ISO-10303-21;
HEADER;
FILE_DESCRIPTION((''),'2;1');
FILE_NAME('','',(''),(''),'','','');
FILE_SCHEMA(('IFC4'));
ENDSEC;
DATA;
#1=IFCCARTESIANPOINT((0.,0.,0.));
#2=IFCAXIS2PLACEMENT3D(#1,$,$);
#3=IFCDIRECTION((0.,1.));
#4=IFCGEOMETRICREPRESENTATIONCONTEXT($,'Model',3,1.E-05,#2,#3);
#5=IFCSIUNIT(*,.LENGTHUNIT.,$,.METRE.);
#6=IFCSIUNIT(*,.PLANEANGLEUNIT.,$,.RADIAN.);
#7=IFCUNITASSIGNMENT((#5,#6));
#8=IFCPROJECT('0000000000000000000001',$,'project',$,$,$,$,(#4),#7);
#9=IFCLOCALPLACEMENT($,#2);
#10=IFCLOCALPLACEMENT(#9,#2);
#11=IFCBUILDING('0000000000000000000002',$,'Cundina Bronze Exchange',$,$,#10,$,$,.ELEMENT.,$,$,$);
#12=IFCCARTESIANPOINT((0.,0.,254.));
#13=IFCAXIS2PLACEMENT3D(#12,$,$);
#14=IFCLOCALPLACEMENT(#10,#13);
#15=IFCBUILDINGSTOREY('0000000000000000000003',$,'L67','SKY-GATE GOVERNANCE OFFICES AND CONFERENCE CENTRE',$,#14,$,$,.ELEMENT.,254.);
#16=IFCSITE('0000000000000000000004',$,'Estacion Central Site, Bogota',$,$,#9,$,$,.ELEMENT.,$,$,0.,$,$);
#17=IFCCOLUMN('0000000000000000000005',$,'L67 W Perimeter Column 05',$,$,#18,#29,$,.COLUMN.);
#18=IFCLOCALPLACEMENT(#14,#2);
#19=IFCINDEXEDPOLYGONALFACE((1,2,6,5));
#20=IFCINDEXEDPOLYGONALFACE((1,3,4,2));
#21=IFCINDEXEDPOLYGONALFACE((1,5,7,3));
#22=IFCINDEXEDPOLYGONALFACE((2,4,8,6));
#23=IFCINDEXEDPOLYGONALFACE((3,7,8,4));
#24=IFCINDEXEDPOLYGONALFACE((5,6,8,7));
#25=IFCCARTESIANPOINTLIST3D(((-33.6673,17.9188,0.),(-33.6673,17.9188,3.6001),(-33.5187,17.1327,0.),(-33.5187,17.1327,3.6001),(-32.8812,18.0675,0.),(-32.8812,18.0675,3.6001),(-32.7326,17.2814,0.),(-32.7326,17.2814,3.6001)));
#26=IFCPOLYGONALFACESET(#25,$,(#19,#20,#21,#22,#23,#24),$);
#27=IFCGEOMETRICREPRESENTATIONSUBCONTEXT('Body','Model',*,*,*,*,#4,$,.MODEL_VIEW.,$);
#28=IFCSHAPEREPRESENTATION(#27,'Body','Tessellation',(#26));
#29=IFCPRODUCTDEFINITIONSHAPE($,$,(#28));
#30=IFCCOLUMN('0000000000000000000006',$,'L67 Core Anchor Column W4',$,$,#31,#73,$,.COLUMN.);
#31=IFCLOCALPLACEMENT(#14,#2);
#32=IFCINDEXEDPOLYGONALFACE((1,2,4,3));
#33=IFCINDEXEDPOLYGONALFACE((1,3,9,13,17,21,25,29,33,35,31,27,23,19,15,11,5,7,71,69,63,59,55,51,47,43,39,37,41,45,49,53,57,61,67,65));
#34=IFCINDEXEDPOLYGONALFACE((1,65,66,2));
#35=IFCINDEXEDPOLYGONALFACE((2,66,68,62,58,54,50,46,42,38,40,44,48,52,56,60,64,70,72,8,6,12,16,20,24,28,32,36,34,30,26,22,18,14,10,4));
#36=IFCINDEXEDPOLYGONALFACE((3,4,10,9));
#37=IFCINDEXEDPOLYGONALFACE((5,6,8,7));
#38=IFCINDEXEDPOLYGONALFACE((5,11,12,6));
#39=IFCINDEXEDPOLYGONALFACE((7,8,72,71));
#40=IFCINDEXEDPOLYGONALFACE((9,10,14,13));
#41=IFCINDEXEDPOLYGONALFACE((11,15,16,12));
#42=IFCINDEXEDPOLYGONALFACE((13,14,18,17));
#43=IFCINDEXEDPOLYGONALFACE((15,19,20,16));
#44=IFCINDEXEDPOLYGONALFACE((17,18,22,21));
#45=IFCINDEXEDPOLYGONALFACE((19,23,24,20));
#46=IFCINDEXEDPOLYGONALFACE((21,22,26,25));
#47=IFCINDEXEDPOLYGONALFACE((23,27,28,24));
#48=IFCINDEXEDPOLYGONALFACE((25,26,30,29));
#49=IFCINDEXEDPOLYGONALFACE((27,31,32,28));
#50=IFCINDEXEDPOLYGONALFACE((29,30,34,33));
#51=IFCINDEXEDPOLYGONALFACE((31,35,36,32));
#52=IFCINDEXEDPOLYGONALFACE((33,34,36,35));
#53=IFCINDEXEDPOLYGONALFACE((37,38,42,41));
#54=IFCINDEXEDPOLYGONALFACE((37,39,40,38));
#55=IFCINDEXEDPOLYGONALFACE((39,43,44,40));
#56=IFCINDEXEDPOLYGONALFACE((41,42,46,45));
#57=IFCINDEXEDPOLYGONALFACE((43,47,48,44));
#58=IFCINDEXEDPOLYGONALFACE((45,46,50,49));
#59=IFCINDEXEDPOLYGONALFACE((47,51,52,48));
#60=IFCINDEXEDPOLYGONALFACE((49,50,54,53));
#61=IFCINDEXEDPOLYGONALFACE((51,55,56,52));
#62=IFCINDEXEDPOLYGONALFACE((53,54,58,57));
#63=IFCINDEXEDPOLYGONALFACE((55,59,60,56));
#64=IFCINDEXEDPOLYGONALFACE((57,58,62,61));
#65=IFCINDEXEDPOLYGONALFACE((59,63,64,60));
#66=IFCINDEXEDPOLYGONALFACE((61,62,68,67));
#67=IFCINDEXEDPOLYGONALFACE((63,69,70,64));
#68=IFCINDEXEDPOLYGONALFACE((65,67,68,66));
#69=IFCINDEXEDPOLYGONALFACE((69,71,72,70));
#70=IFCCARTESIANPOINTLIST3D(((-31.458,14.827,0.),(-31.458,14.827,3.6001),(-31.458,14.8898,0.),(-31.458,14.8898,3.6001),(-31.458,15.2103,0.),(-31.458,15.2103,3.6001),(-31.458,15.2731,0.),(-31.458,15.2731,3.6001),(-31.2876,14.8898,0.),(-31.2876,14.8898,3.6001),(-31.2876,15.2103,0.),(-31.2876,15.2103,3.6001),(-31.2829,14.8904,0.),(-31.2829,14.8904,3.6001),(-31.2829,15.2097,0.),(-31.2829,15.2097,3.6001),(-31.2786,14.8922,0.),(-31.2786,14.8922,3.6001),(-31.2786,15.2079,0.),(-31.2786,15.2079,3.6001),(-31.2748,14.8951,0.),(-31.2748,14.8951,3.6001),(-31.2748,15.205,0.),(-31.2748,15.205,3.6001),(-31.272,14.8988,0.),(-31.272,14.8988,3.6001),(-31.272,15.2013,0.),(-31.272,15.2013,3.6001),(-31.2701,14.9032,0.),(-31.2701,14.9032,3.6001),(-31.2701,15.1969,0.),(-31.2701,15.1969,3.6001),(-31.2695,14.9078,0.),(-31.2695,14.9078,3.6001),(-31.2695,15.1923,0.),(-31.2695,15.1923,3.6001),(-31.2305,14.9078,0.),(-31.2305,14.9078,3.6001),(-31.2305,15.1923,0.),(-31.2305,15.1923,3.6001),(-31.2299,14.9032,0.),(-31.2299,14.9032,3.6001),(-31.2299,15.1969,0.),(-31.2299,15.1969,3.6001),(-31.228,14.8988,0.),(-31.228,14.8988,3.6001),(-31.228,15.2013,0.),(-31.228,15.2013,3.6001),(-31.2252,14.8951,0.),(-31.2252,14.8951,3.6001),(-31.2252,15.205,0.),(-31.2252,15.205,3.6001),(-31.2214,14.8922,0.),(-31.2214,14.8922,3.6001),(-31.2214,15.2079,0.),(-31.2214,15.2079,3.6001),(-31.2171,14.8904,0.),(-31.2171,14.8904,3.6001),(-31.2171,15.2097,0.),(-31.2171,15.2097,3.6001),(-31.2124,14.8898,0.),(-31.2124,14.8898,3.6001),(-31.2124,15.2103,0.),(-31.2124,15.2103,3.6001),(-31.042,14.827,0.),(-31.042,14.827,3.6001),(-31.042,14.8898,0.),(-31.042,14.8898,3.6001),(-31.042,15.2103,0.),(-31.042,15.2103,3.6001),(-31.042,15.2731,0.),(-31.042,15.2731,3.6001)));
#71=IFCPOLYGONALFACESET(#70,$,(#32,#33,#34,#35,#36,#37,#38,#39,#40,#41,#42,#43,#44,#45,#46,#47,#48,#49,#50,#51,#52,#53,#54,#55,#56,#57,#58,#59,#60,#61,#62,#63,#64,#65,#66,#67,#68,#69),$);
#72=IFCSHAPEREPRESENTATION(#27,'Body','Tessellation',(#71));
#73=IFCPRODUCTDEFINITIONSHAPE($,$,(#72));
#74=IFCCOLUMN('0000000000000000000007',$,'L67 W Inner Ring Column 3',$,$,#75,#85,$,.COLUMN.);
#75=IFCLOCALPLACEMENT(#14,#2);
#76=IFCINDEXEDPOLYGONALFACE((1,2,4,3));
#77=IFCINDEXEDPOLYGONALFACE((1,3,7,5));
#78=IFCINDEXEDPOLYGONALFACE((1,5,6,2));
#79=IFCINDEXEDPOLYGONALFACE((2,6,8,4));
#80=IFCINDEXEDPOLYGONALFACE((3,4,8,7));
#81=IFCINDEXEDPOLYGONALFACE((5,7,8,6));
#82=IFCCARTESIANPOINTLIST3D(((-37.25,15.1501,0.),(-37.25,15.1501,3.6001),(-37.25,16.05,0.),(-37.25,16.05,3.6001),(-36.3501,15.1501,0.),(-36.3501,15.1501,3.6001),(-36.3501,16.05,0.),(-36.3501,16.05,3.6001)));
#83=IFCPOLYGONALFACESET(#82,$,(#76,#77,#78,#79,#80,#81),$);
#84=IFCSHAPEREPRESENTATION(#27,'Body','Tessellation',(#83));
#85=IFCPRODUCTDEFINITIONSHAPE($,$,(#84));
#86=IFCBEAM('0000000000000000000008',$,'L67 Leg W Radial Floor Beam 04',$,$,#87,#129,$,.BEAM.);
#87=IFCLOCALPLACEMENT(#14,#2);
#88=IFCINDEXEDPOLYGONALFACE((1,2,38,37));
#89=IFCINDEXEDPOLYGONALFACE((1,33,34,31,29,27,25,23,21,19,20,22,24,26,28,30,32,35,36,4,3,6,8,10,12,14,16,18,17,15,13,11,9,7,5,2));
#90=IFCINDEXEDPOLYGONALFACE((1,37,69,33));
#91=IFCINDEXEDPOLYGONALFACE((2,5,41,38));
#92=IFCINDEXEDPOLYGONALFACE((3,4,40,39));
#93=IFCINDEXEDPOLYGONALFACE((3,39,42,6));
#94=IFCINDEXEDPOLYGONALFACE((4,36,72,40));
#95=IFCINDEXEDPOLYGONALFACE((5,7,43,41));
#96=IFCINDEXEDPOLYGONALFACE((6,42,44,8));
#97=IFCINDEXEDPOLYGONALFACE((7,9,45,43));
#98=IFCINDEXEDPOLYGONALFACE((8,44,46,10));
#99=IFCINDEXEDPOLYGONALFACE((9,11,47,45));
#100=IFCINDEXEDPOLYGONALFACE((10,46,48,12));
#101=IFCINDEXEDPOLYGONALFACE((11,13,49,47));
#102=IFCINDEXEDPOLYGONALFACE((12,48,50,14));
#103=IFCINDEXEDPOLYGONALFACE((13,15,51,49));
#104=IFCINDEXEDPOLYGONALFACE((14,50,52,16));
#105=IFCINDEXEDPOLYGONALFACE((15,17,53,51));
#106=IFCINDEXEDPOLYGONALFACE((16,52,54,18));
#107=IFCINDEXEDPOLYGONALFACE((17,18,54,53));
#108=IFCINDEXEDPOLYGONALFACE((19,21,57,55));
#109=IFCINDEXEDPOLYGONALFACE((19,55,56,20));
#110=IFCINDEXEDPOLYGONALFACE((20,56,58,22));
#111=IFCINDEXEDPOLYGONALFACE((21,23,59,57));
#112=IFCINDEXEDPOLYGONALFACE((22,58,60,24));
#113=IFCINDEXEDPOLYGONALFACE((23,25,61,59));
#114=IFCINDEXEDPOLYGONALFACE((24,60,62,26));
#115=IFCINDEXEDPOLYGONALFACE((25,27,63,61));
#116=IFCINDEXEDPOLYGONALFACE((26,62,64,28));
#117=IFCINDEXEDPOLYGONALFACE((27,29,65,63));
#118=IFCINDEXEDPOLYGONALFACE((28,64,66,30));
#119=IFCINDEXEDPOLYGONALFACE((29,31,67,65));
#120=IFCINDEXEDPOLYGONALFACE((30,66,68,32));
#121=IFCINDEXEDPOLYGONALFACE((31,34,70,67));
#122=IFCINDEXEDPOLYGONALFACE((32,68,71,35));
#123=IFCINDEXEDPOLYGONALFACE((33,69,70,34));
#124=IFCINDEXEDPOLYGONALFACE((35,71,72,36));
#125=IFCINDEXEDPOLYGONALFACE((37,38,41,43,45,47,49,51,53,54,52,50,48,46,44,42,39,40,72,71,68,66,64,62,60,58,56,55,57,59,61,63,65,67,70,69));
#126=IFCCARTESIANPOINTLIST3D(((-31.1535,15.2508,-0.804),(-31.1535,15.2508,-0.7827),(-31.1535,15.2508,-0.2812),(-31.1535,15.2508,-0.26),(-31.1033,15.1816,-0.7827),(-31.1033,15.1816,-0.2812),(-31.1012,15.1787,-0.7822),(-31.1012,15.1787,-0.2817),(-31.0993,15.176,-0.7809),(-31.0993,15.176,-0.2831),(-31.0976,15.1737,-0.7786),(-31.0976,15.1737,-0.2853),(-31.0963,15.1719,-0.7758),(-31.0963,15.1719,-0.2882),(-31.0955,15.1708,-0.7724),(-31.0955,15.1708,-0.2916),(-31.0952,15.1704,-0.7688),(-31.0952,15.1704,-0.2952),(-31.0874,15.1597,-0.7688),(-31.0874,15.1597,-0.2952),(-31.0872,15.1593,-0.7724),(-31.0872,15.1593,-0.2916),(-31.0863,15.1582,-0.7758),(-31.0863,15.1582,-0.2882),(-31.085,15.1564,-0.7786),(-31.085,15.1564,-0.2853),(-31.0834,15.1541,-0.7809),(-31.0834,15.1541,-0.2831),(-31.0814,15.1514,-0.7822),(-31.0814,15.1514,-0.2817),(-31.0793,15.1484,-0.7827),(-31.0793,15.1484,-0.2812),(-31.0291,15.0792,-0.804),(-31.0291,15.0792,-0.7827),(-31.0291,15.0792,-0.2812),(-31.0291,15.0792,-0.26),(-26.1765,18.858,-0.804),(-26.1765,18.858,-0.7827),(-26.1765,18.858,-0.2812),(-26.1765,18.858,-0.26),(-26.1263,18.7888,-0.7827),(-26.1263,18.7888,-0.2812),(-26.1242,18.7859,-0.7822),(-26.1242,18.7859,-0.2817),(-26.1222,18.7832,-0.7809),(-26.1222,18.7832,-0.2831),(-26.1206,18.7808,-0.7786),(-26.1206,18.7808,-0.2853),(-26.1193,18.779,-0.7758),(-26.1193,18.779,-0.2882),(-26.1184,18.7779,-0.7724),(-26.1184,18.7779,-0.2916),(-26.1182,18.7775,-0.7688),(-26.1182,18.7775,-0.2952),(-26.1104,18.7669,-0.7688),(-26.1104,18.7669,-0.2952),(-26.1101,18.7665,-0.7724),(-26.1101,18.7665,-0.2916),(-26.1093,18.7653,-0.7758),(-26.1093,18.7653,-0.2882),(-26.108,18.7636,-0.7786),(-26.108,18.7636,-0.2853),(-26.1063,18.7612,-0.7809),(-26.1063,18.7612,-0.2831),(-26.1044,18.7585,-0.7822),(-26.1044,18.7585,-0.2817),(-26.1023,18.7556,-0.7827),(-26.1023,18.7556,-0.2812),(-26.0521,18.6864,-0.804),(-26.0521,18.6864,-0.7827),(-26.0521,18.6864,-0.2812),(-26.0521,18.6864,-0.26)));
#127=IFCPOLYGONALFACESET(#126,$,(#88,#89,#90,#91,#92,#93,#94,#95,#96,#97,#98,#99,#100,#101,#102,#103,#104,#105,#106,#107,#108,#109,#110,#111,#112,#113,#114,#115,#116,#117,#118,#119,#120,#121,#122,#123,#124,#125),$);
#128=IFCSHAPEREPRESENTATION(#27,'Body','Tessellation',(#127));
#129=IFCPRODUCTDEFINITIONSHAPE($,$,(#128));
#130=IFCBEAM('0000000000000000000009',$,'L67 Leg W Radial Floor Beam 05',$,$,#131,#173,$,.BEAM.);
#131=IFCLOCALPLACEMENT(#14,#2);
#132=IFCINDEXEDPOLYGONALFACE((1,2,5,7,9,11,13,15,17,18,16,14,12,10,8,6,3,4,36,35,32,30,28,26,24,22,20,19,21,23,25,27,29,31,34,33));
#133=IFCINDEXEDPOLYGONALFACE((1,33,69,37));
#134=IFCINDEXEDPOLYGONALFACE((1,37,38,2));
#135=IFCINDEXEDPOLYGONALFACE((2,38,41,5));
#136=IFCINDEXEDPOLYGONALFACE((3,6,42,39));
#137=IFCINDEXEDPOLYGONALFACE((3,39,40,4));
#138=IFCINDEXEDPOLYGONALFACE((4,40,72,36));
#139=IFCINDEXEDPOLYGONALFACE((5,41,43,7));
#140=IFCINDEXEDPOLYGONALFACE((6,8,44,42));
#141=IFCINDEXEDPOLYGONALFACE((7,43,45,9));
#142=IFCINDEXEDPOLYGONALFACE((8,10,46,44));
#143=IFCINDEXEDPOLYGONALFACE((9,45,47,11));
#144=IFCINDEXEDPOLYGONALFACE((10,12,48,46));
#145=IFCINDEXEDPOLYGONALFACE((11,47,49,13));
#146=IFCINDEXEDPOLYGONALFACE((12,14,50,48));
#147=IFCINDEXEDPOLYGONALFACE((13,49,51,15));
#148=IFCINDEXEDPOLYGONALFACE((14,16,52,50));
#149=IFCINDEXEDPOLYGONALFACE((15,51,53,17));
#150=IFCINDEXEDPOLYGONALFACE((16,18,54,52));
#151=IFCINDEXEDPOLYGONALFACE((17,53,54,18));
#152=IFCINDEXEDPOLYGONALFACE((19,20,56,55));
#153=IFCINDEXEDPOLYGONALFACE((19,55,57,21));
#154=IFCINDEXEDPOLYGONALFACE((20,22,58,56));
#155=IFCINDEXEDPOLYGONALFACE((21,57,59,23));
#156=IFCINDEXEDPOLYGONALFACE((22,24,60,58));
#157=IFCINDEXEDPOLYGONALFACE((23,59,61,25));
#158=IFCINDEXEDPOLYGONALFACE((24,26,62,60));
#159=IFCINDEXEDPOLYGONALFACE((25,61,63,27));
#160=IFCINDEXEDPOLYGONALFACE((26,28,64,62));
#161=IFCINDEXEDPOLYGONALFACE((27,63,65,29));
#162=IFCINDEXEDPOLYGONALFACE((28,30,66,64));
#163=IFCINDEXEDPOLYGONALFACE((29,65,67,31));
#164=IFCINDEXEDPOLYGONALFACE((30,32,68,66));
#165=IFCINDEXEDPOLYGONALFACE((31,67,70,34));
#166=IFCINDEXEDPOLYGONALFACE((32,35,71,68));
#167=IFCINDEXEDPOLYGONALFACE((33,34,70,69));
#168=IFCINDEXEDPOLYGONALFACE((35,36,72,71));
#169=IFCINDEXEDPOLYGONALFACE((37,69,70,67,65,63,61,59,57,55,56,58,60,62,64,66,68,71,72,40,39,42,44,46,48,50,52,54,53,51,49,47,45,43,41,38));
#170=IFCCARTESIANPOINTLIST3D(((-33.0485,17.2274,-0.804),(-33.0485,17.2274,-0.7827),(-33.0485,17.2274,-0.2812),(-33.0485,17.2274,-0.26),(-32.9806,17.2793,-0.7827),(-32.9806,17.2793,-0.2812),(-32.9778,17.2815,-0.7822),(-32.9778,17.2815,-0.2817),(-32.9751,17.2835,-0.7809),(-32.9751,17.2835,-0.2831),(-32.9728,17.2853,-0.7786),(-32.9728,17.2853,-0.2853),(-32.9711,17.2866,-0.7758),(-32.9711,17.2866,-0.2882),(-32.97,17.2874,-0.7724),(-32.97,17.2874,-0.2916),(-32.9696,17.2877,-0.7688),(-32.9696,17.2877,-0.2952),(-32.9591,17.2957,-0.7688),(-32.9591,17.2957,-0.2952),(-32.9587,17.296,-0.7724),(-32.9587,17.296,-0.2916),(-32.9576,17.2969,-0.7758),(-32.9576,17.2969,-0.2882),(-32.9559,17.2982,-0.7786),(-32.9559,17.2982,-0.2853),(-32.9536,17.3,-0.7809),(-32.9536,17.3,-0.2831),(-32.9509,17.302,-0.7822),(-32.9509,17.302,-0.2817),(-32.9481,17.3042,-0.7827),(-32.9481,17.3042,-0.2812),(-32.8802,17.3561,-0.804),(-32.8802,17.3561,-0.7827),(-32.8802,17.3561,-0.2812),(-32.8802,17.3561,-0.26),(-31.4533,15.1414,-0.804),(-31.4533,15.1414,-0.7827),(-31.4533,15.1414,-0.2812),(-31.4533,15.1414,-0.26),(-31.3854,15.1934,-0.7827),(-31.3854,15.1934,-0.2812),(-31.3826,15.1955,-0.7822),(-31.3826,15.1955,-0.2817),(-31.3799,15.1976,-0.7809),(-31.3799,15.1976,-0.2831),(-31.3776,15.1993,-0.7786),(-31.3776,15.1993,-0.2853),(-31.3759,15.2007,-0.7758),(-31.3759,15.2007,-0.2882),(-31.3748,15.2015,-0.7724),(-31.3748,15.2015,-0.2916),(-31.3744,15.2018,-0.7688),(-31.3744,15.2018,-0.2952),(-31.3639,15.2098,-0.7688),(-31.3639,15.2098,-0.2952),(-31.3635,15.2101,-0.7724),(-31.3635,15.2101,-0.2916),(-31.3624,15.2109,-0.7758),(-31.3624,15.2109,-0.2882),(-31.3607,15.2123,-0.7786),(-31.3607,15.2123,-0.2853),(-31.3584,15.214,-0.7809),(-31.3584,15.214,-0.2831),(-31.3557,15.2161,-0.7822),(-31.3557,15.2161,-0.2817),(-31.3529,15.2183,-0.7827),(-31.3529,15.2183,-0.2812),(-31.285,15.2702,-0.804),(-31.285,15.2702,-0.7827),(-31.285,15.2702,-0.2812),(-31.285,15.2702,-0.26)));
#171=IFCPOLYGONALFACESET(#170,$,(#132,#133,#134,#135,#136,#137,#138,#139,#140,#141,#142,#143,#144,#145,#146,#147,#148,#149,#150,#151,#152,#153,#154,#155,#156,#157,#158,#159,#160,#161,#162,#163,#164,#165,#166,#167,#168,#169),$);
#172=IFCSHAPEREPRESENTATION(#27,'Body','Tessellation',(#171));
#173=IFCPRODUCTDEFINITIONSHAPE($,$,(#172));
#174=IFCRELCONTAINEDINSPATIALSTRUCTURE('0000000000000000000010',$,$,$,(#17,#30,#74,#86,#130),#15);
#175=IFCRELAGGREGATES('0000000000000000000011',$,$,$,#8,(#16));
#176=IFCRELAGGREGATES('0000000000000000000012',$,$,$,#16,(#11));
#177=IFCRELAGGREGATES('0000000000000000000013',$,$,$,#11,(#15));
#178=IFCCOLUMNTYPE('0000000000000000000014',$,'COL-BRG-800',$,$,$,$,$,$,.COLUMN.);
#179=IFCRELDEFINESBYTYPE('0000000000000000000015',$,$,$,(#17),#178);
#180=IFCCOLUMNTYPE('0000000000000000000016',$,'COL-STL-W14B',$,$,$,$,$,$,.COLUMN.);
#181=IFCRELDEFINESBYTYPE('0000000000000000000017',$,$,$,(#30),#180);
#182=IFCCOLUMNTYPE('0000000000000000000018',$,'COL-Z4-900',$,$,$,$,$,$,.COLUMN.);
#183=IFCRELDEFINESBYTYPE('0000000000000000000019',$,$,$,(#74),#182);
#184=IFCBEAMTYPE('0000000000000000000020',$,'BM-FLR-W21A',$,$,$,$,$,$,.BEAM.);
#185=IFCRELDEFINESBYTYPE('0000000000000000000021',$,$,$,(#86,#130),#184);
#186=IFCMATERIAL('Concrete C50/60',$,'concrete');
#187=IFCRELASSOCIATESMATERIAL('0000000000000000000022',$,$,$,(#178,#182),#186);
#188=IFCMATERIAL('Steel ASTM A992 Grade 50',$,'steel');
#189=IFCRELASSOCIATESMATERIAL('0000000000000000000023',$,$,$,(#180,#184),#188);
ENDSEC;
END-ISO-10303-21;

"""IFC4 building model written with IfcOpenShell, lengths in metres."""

from ifc_helpers import new_model, si_unit, direction, frame, origin, origin_2d, place, context, subcontext, project, spatial, rectangle, i_section, extrude, material, material_profile, profile_set, type_object, element, save


model = new_model("IFC4")

# Units and contexts
model_context = context("Model", 3, precision=1e-05, world=origin(), true_north=direction((0.0, 1.0)))
body_context = subcontext(model_context, "Body", "Model", "MODEL_VIEW")
ifc_project = project(units=[si_unit("LENGTHUNIT", "METRE"), si_unit("PLANEANGLEUNIT", "RADIAN")], contexts=[model_context])

# Site, building, storey
site_placement = place(None, origin())
site = spatial("IfcSite", under=ifc_project, at=site_placement, Name="Estacion Central Site, Bogota", CompositionType="ELEMENT", RefElevation=0.0)
building_placement = place(site_placement, origin())
building = spatial("IfcBuilding", under=site, at=building_placement, Name="Cundina Bronze Exchange", CompositionType="ELEMENT")
storey_placement = place(building_placement, frame((0.0, 0.0, 254.0)))
storey = spatial("IfcBuildingStorey", under=building, at=storey_placement, Name="L67", Description="SKY-GATE GOVERNANCE OFFICES AND CONFERENCE CENTRE", CompositionType="ELEMENT", Elevation=254.0)

# Columns
ifc_material_1 = material(Name="Concrete C50/60", Category="concrete")
ifc_material_profile_1 = material_profile(ifc_material_1, rectangle(XDim=0.8, YDim=0.8, at=origin_2d()), Name="RC800X800", Category="concrete")
ifc_profile_set_1 = profile_set([ifc_material_profile_1], Name="Concrete C50/60")
column_type_1 = type_object("IfcColumnType", Name="COL-BRG-800", PredefinedType="COLUMN", material=ifc_profile_set_1)
column_1_placement = place(storey_placement, frame((-33.2, 17.6001, 0.0), z_axis=(0.0, 0.0, 1.0), x_axis=(-0.98258, -0.185838, 0.0)))
element("IfcColumn", 1, at=column_1_placement, inside=storey, type_object=column_type_1, Name="L67 W Perimeter Column 05", PredefinedType="COLUMN", context=body_context, shape_type="SweptSolid", body=[
    extrude(rectangle(XDim=0.8, YDim=0.8, at=origin_2d()), origin(), (0.0, 0.0, 1.0), 3.6001),
])
ifc_material_2 = material(Name="Steel ASTM A992 Grade 50", Category="steel")
ifc_material_profile_2 = material_profile(ifc_material_2, i_section(OverallWidth=0.416, OverallDepth=0.446, WebThickness=0.0391, FlangeThickness=0.0627, FilletRadius=0.0181, at=origin_2d()), Name="W14X342", Category="steel")
ifc_profile_set_2 = profile_set([ifc_material_profile_2], Name="Steel ASTM A992 Grade 50")
column_type_2 = type_object("IfcColumnType", Name="COL-STL-W14B", PredefinedType="COLUMN", material=ifc_profile_set_2)
column_2_placement = place(storey_placement, frame((-31.25, 15.05, 0.0), z_axis=(0.0, 0.0, 1.0), x_axis=(1.0, 0.0, 0.0)))
element("IfcColumn", 2, at=column_2_placement, inside=storey, type_object=column_type_2, Name="L67 Core Anchor Column W4", PredefinedType="COLUMN", context=body_context, shape_type="SweptSolid", body=[
    extrude(i_section(OverallWidth=0.416, OverallDepth=0.446, WebThickness=0.0391, FlangeThickness=0.0627, FilletRadius=0.0181, at=origin_2d()), origin(), (0.0, 0.0, 1.0), 3.6001),
])
ifc_material_profile_3 = material_profile(ifc_material_1, rectangle(XDim=0.8999, YDim=0.8999, at=origin_2d()), Name="RC900X900", Category="concrete")
ifc_profile_set_3 = profile_set([ifc_material_profile_3], Name="Concrete C50/60")
column_type_3 = type_object("IfcColumnType", Name="COL-Z4-900", PredefinedType="COLUMN", material=ifc_profile_set_3)
column_3_placement = place(storey_placement, frame((-36.8, 15.6001, 0.0), z_axis=(0.0, 0.0, 1.0), x_axis=(1.0, 0.0, 0.0)))
element("IfcColumn", 3, at=column_3_placement, inside=storey, type_object=column_type_3, Name="L67 W Inner Ring Column 3", PredefinedType="COLUMN", context=body_context, shape_type="SweptSolid", body=[
    extrude(rectangle(XDim=0.8999, YDim=0.8999, at=origin_2d()), origin(), (0.0, 0.0, 1.0), 3.6001),
])

# Beams
ifc_material_profile_4 = material_profile(ifc_material_2, i_section(OverallWidth=0.2119, OverallDepth=0.5439, WebThickness=0.0132, FlangeThickness=0.0212, FilletRadius=0.0139, at=origin_2d()), Name="W21X83", Category="steel")
ifc_profile_set_4 = profile_set([ifc_material_profile_4], Name="Steel ASTM A992 Grade 50")
beam_type_1 = type_object("IfcBeamType", Name="BM-FLR-W21A", PredefinedType="BEAM", material=ifc_profile_set_4)
beam_1_placement = place(storey_placement, frame((-31.0913, 15.165, -0.532), z_axis=(0.809702, 0.586841, 0.0), x_axis=(-0.586841, 0.809702, 0.0)))
element("IfcBeam", 4, at=beam_1_placement, inside=storey, type_object=beam_type_1, Name="L67 Leg W Radial Floor Beam 04", PredefinedType="BEAM", context=body_context, shape_type="SweptSolid", body=[
    extrude(i_section(OverallWidth=0.2119, OverallDepth=0.5439, WebThickness=0.0132, FlangeThickness=0.0212, FilletRadius=0.0139, at=origin_2d()), origin(), (0.0, 0.0, 1.0), 6.1467),
])
beam_2_placement = place(storey_placement, frame((-31.3691, 15.2058, -0.532), z_axis=(-0.607471, 0.794342, 0.0), x_axis=(-0.794342, -0.607471, 0.0)))
element("IfcBeam", 5, at=beam_2_placement, inside=storey, type_object=beam_type_1, Name="L67 Leg W Radial Floor Beam 05", PredefinedType="BEAM", context=body_context, shape_type="SweptSolid", body=[
    extrude(i_section(OverallWidth=0.2119, OverallDepth=0.5439, WebThickness=0.0132, FlangeThickness=0.0212, FilletRadius=0.0139, at=origin_2d()), origin(), (0.0, 0.0, 1.0), 2.626),
])

save(model, "model.ifc")
